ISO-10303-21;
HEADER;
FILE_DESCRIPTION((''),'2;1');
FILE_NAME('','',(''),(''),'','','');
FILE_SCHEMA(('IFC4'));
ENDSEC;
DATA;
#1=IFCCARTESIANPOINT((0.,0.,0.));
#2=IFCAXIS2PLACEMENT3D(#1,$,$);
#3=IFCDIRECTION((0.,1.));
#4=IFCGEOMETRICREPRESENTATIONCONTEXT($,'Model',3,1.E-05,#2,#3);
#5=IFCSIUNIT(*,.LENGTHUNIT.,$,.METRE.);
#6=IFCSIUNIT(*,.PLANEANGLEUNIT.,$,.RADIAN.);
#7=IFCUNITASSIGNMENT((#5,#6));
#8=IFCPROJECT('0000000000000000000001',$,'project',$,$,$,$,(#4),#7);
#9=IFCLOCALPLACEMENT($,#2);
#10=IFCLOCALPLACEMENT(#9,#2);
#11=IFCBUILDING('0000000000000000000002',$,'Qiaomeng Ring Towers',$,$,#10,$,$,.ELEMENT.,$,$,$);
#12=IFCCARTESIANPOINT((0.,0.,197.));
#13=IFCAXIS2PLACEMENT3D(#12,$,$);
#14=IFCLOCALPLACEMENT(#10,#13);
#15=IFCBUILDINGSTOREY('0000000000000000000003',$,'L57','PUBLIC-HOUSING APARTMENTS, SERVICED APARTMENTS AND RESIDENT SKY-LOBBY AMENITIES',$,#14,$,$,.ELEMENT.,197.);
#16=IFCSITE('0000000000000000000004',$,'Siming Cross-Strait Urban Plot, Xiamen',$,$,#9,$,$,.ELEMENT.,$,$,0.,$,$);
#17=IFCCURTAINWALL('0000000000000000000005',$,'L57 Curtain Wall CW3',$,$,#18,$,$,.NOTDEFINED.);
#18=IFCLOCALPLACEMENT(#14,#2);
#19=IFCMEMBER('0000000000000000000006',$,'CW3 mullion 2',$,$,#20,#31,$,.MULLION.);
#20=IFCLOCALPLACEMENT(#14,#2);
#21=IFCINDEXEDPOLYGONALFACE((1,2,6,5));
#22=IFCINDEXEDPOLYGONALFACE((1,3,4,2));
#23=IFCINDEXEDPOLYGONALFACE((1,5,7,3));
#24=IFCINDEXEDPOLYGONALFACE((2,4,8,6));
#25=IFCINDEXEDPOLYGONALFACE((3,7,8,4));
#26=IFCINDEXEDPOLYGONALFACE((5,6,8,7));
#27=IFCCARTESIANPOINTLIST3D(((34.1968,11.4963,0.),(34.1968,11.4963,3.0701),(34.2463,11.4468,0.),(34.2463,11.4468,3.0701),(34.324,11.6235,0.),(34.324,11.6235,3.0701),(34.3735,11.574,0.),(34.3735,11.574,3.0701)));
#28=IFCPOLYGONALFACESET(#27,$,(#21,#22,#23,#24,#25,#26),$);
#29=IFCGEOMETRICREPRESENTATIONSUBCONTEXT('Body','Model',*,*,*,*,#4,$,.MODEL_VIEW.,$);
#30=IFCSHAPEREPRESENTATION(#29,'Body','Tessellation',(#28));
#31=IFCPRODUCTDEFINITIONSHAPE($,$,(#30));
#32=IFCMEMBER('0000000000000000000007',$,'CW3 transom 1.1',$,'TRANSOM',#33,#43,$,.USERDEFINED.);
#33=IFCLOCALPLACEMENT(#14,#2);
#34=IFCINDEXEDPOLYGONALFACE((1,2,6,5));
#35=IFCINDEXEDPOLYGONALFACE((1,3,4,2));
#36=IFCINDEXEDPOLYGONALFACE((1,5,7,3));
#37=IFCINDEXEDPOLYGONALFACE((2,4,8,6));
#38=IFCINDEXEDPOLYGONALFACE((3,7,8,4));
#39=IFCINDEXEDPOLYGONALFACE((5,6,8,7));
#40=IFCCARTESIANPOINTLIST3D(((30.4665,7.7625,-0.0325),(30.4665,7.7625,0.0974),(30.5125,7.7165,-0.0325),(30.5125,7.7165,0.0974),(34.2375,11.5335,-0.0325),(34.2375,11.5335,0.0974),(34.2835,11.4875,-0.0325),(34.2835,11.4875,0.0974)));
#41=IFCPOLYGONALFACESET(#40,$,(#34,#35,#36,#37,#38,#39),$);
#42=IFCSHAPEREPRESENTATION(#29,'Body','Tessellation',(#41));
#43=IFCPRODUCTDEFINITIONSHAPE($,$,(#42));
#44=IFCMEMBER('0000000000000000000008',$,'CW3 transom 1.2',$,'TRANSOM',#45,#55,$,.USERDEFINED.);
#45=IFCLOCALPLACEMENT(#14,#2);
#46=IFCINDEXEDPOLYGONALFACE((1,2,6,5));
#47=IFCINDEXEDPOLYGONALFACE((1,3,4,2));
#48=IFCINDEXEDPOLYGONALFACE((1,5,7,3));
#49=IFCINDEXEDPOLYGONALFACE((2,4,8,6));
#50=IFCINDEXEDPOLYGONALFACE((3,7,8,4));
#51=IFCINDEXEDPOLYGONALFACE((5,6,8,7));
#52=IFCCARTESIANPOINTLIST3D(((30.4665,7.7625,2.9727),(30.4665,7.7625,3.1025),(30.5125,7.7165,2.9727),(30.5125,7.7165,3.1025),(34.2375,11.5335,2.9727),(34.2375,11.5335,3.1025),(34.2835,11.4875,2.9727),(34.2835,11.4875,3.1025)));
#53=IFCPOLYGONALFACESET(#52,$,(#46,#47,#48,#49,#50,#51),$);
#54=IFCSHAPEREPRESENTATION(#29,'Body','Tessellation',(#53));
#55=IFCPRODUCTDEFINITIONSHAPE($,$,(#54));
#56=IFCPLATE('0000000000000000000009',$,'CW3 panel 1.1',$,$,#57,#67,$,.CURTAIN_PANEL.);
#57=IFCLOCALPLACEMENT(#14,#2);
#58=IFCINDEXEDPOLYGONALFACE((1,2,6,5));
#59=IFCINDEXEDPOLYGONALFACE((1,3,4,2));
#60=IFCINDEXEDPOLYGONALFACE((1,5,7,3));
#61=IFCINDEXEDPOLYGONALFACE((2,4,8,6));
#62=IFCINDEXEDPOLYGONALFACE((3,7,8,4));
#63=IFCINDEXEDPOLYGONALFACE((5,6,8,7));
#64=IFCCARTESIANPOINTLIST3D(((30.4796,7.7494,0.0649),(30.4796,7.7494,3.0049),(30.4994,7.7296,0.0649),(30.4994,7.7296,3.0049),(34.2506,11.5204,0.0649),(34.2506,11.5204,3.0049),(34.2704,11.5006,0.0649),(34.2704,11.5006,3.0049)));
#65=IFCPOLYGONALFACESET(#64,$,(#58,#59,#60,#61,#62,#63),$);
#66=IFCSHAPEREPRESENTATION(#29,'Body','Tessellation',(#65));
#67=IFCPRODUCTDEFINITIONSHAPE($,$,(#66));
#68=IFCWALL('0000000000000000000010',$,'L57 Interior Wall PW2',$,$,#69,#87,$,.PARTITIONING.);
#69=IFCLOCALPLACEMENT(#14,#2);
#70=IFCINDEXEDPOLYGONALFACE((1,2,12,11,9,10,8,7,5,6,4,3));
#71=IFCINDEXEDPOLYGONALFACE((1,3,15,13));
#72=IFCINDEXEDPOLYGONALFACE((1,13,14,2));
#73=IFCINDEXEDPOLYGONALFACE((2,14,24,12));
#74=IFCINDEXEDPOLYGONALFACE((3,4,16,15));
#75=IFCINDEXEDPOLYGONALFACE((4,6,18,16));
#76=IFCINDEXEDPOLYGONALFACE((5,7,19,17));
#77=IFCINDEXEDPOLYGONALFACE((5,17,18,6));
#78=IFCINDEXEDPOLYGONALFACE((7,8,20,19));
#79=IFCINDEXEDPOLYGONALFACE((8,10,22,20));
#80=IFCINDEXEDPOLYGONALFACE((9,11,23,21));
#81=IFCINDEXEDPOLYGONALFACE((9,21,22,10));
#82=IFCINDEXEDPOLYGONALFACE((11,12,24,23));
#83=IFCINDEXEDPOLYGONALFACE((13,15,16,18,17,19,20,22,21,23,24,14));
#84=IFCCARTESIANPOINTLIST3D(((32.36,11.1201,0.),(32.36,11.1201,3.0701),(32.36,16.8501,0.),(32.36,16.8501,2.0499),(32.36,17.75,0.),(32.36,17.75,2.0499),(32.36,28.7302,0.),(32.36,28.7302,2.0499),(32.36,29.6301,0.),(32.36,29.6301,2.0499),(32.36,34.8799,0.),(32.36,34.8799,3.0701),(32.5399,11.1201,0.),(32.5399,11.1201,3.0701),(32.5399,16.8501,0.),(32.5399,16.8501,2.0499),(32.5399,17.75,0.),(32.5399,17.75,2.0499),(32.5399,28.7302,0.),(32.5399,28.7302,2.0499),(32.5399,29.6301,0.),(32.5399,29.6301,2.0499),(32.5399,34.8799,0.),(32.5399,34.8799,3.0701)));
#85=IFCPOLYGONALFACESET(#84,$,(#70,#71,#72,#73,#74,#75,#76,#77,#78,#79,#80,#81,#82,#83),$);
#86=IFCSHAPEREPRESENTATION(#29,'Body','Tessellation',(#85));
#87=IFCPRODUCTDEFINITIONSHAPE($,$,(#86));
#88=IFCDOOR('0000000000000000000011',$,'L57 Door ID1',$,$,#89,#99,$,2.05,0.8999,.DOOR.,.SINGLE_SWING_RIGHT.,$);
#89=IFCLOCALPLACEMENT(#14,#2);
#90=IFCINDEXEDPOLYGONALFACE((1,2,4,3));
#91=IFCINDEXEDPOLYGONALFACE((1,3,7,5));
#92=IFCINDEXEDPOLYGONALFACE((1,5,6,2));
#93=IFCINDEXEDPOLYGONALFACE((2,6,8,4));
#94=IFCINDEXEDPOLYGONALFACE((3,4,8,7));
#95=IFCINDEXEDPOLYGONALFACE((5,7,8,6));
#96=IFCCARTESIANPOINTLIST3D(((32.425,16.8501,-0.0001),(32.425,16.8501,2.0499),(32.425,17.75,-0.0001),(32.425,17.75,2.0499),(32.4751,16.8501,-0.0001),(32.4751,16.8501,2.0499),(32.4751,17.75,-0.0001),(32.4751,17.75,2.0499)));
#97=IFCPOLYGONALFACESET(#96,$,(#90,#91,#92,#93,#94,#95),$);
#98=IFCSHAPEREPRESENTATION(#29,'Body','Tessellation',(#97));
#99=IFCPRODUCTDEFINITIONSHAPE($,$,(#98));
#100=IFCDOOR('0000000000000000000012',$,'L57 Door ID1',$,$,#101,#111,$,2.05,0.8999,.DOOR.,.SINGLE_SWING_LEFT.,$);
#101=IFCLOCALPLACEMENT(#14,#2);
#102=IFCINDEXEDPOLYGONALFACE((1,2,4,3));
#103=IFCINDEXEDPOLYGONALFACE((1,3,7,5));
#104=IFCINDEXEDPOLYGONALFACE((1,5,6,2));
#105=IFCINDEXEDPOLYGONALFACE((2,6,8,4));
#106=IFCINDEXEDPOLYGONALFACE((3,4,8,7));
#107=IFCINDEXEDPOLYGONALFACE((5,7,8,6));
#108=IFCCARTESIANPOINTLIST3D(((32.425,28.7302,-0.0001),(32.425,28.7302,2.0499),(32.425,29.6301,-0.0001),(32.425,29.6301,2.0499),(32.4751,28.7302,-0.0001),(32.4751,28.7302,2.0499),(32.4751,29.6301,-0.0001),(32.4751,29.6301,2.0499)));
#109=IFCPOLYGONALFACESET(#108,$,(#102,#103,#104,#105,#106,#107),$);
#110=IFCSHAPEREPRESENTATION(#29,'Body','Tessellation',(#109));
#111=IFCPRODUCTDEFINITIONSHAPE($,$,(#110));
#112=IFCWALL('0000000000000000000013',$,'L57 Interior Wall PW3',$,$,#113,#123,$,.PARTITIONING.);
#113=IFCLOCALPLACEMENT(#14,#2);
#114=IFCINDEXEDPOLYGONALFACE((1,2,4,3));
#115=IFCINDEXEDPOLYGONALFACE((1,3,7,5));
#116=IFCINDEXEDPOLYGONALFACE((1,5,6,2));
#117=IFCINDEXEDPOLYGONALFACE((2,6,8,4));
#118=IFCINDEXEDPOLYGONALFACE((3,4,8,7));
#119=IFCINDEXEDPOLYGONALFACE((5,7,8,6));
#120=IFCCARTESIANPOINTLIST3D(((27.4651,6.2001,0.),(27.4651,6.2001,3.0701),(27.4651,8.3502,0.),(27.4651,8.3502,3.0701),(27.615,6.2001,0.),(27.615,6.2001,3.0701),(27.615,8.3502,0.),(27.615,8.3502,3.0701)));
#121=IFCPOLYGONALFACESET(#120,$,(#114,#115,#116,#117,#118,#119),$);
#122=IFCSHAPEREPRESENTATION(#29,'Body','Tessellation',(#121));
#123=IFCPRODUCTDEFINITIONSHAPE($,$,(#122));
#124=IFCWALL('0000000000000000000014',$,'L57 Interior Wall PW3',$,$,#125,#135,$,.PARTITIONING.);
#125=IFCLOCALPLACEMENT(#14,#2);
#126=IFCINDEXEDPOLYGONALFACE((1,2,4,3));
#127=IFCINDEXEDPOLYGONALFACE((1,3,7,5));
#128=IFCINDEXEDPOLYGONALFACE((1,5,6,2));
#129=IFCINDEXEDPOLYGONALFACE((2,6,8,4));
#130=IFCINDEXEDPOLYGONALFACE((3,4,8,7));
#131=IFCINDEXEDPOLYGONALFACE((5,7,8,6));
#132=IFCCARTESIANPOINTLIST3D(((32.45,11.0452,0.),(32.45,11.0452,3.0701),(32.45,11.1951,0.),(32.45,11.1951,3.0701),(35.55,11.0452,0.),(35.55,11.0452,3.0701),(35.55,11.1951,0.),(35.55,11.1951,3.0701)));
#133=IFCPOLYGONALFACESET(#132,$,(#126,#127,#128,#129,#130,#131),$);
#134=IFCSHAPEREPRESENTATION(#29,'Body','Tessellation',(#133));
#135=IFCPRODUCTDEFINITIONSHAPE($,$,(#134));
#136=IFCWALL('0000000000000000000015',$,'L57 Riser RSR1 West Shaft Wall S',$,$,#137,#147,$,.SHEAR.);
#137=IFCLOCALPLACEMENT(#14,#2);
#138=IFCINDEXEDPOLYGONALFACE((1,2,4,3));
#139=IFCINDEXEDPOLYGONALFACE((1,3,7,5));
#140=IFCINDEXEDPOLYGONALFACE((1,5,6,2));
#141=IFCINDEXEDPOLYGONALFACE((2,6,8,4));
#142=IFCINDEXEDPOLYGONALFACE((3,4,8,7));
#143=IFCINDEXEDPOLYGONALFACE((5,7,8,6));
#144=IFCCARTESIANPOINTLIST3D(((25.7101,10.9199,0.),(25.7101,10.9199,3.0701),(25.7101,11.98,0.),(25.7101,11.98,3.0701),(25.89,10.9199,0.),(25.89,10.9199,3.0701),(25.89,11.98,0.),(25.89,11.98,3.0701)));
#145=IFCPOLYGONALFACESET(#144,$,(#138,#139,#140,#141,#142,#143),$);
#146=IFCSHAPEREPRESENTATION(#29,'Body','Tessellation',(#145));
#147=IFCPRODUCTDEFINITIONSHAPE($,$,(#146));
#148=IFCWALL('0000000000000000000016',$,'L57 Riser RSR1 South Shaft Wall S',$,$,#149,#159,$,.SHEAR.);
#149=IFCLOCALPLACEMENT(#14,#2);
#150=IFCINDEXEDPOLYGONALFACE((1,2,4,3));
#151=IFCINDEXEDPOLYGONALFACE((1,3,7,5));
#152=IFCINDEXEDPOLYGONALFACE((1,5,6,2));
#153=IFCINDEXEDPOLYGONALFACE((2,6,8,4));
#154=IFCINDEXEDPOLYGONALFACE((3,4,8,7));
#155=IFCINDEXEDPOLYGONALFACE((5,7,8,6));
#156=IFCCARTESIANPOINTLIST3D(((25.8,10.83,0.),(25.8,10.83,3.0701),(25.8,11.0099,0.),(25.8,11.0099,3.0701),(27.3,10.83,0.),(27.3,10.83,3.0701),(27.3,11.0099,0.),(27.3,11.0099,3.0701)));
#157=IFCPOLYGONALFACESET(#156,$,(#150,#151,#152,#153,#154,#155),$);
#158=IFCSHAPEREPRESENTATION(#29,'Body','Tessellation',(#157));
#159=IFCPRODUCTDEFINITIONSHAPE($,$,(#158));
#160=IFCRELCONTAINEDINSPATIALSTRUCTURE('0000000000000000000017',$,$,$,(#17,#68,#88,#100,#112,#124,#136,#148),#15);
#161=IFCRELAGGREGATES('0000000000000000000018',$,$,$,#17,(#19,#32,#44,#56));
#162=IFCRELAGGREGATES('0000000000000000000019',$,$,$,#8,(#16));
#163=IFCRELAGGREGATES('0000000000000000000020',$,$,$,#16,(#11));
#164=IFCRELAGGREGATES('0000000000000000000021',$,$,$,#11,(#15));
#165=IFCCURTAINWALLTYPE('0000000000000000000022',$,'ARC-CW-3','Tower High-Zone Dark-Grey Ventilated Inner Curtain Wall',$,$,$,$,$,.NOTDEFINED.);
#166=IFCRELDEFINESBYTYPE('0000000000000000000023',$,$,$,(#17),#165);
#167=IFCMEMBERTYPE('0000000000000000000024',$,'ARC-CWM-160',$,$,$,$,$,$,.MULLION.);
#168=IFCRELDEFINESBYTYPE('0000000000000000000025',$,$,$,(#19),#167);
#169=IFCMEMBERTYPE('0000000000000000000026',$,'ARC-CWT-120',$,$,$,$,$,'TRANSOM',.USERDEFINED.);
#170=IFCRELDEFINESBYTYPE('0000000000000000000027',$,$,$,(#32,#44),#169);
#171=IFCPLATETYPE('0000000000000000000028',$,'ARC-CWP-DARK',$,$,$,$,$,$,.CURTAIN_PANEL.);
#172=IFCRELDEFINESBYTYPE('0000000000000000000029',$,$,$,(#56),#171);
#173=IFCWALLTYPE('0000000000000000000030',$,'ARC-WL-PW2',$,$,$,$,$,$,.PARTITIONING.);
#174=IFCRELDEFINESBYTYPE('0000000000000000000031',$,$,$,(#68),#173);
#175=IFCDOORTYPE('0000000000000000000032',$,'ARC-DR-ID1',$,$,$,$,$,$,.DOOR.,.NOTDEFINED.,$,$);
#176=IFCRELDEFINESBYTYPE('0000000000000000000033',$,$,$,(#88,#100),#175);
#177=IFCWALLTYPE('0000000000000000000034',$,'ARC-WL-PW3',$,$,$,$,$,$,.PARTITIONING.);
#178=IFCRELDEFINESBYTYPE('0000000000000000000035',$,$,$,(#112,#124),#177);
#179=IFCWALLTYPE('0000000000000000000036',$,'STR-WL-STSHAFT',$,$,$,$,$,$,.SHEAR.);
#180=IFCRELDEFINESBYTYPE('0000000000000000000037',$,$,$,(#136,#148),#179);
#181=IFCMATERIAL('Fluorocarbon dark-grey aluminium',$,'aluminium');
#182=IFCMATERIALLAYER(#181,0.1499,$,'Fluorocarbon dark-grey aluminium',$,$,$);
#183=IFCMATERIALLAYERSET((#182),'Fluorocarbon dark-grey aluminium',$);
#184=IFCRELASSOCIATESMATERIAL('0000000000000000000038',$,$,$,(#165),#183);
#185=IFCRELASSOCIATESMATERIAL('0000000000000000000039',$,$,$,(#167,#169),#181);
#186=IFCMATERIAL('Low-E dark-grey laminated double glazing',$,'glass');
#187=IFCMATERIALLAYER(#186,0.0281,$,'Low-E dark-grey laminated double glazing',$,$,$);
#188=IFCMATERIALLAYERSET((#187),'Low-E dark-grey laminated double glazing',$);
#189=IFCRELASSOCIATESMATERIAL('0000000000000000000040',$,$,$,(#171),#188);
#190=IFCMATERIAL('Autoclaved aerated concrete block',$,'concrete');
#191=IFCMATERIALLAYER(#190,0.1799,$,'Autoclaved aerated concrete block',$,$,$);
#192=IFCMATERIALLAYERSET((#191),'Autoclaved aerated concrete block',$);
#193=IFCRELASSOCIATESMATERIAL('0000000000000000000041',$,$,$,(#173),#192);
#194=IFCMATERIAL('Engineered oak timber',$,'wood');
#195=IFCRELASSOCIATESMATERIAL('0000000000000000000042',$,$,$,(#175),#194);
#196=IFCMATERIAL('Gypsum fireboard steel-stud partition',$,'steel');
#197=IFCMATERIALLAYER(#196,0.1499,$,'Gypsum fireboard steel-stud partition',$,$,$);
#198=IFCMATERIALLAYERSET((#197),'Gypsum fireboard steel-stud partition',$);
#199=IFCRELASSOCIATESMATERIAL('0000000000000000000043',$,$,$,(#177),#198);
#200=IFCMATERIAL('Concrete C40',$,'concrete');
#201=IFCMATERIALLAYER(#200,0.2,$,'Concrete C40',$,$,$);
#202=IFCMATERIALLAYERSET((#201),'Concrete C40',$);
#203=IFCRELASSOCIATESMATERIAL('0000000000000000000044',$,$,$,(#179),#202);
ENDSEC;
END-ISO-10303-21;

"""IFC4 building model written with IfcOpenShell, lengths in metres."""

from ifc_helpers import new_model, si_unit, direction, frame, frame_2d, origin, origin_2d, place, context, subcontext, project, spatial, rectangle, extrude, source, transform, mapped, material, layer, layer_set, material_profile, profile_set, type_object, element, fill, aggregate, save


model = new_model("IFC4")

# Units and contexts
model_context = context("Model", 3, precision=1e-05, world=origin(), true_north=direction((0.0, 1.0)))
body_context = subcontext(model_context, "Body", "Model", "MODEL_VIEW")
ifc_project = project(units=[si_unit("LENGTHUNIT", "METRE"), si_unit("PLANEANGLEUNIT", "RADIAN")], contexts=[model_context])

# Site, building, storey
site_placement = place(None, origin())
site = spatial("IfcSite", under=ifc_project, at=site_placement, Name="Siming Cross-Strait Urban Plot, Xiamen", CompositionType="ELEMENT", RefElevation=0.0)
building_placement = place(site_placement, origin())
building = spatial("IfcBuilding", under=site, at=building_placement, Name="Qiaomeng Ring Towers", CompositionType="ELEMENT")
storey_placement = place(building_placement, frame((0.0, 0.0, 197.0)))
storey = spatial("IfcBuildingStorey", under=building, at=storey_placement, Name="L57", Description="PUBLIC-HOUSING APARTMENTS, SERVICED APARTMENTS AND RESIDENT SKY-LOBBY AMENITIES", CompositionType="ELEMENT", Elevation=197.0)

# Shared definitions
ifc_material_1 = material(Name="Concrete C40", Category="concrete")

# Curtain wall, members, plate
ifc_material_2 = material(Name="Fluorocarbon dark-grey aluminium", Category="aluminium")
ifc_layer_1 = layer(ifc_material_2, 0.1499, Name="Fluorocarbon dark-grey aluminium")
ifc_layer_set_1 = layer_set([ifc_layer_1], Name="Fluorocarbon dark-grey aluminium")
curtain_wall_type = type_object("IfcCurtainWallType", Name="ARC-CW-3", Description="Tower High-Zone Dark-Grey Ventilated Inner Curtain Wall", PredefinedType="NOTDEFINED", material=ifc_layer_set_1)
curtain_wall_placement = place(storey_placement, origin())
curtain_wall = element("IfcCurtainWall", 1, at=curtain_wall_placement, inside=storey, type_object=curtain_wall_type, Name="L57 Curtain Wall CW3", PredefinedType="NOTDEFINED")
ifc_material_profile_1 = material_profile(ifc_material_2, rectangle(XDim=0.0701, YDim=0.1799, at=origin_2d()), Name="ALU MULL 70x180")
ifc_profile_set_1 = profile_set([ifc_material_profile_1], Name="Fluorocarbon dark-grey aluminium")
member_type_1 = type_object("IfcMemberType", Name="ARC-CWM-160", PredefinedType="MULLION", material=ifc_profile_set_1)
shared_shape_1 = source(origin(), body_context, "Body", "SweptSolid", [
    extrude(rectangle(XDim=0.0701, YDim=0.1799, at=origin_2d()), origin(), (0.0, 0.0, 1.0), 3.0701),
])
member_1_placement = place(storey_placement, frame((34.2852, 11.5352, 0.0), z_axis=(0.0, 0.0, 1.0), x_axis=(-0.707107, 0.707107, 0.0)))
member_1 = element("IfcMember", 2, at=member_1_placement, type_object=member_type_1, Name="CW3 mullion 2", PredefinedType="MULLION", context=body_context, shape_type="MappedRepresentation", body=[
    mapped(shared_shape_1, transform((0.0, 0.0, 0.0), x_axis=(1.0, 0.0, 0.0), y_axis=(0.0, 1.0, 0.0), z_axis=(0.0, 0.0, 1.0), scale=1.0)),
])
ifc_material_profile_2 = material_profile(ifc_material_2, rectangle(XDim=0.0649, YDim=0.1299, at=origin_2d()), Name="ALU TRAN 65x130")
ifc_profile_set_2 = profile_set([ifc_material_profile_2], Name="Fluorocarbon dark-grey aluminium")
member_type_2 = type_object("IfcMemberType", Name="ARC-CWT-120", ElementType="TRANSOM", PredefinedType="USERDEFINED", material=ifc_profile_set_2)
shared_shape_2 = source(origin(), body_context, "Body", "SweptSolid", [
    extrude(rectangle(XDim=0.0649, YDim=0.1299, at=origin_2d()), origin(), (0.0, 0.0, 1.0), 5.333),
])
member_2_placement = place(storey_placement, frame((30.4895, 7.7395, 0.0325), z_axis=(0.707107, 0.707107, 0.0), x_axis=(-0.707107, 0.707107, 0.0)))
member_2 = element("IfcMember", 3, at=member_2_placement, type_object=member_type_2, Name="CW3 transom 1.1", ObjectType="TRANSOM", PredefinedType="USERDEFINED", context=body_context, shape_type="MappedRepresentation", body=[
    mapped(shared_shape_2, transform((0.0, 0.0, 0.0), x_axis=(1.0, 0.0, 0.0), y_axis=(0.0, 1.0, 0.0), z_axis=(0.0, 0.0, 1.0), scale=1.0)),
])
member_3_placement = place(storey_placement, frame((30.4895, 7.7395, 3.0376), z_axis=(0.707107, 0.707107, 0.0), x_axis=(-0.707107, 0.707107, 0.0)))
member_3 = element("IfcMember", 4, at=member_3_placement, type_object=member_type_2, Name="CW3 transom 1.2", ObjectType="TRANSOM", PredefinedType="USERDEFINED", context=body_context, shape_type="MappedRepresentation", body=[
    mapped(shared_shape_2, transform((0.0, 0.0, 0.0), x_axis=(1.0, 0.0, 0.0), y_axis=(0.0, 1.0, 0.0), z_axis=(0.0, 0.0, 1.0), scale=1.0)),
])
ifc_material_3 = material(Name="Low-E dark-grey laminated double glazing", Category="glass")
ifc_layer_2 = layer(ifc_material_3, 0.0281, Name="Low-E dark-grey laminated double glazing")
ifc_layer_set_2 = layer_set([ifc_layer_2], Name="Low-E dark-grey laminated double glazing")
plate_type = type_object("IfcPlateType", Name="ARC-CWP-DARK", PredefinedType="CURTAIN_PANEL", material=ifc_layer_set_2)
shared_shape_3 = source(origin(), body_context, "Body", "SweptSolid", [
    extrude(rectangle(XDim=5.333, YDim=0.0281, at=origin_2d()), origin(), (0.0, 0.0, 1.0), 2.9399),
])
plate_placement = place(storey_placement, frame((32.375, 9.625, 0.0649), z_axis=(0.0, 0.0, 1.0), x_axis=(0.707107, 0.707107, 0.0)))
plate = element("IfcPlate", 5, at=plate_placement, type_object=plate_type, Name="CW3 panel 1.1", PredefinedType="CURTAIN_PANEL", context=body_context, shape_type="MappedRepresentation", body=[
    mapped(shared_shape_3, transform((0.0, 0.0, 0.0), x_axis=(1.0, 0.0, 0.0), y_axis=(0.0, 1.0, 0.0), z_axis=(0.0, 0.0, 1.0), scale=1.0)),
])
aggregate(curtain_wall, [member_1, member_2, member_3, plate])

# Wall, openings, doors
ifc_material_4 = material(Name="Autoclaved aerated concrete block", Category="concrete")
ifc_layer_3 = layer(ifc_material_4, 0.1799, Name="Autoclaved aerated concrete block")
ifc_layer_set_3 = layer_set([ifc_layer_3], Name="Autoclaved aerated concrete block")
wall_type_1 = type_object("IfcWallType", Name="ARC-WL-PW2", PredefinedType="PARTITIONING", material=ifc_layer_set_3)
wall_1_placement = place(storey_placement, frame((32.45, 11.1201, 0.0), z_axis=(0.0, 0.0, 1.0), x_axis=(0.0, 1.0, 0.0)))
wall_1 = element("IfcWall", 6, at=wall_1_placement, inside=storey, type_object=wall_type_1, Name="L57 Interior Wall PW2", PredefinedType="PARTITIONING", context=body_context, shape_type="SweptSolid", body=[
    extrude(rectangle(XDim=23.7598, YDim=0.1799, at=frame_2d((11.8799, 0.0))), origin(), (0.0, 0.0, 1.0), 3.0701),
])
opening_1_placement = place(wall_1_placement, frame((5.73, 0.0, 0.0)))
opening_1 = element("IfcOpeningElement", 7, at=opening_1_placement, cuts=wall_1, PredefinedType="OPENING", context=body_context, shape_type="SweptSolid", body=[
    extrude(rectangle(XDim=0.8999, YDim=2.05, at=frame_2d((0.45, 1.0249))), frame((0.0, 0.0999, 0.0), z_axis=(0.0, -1.0, 0.0), x_axis=(1.0, 0.0, 0.0)), (0.0, 0.0, 1.0), 0.2),
])
opening_2_placement = place(wall_1_placement, frame((17.6101, 0.0, 0.0)))
opening_2 = element("IfcOpeningElement", 8, at=opening_2_placement, cuts=wall_1, PredefinedType="OPENING", context=body_context, shape_type="SweptSolid", body=[
    extrude(rectangle(XDim=0.8999, YDim=2.05, at=frame_2d((0.45, 1.0249))), frame((0.0, 0.0999, 0.0), z_axis=(0.0, -1.0, 0.0), x_axis=(1.0, 0.0, 0.0)), (0.0, 0.0, 1.0), 0.2),
])
ifc_material_5 = material(Name="Engineered oak timber", Category="wood")
door_type_1 = type_object("IfcDoorType", Name="ARC-DR-ID1", OperationType="NOTDEFINED", PredefinedType="DOOR", material=ifc_material_5)
shared_shape_4 = source(origin(), body_context, "Body", "SweptSolid", [
    extrude(rectangle(XDim=0.8999, YDim=2.05, at=frame_2d((0.45, 1.0249))), frame((0.0, 0.0249, 0.0), z_axis=(0.0, -1.0, 0.0), x_axis=(1.0, 0.0, 0.0)), (0.0, 0.0, 1.0), 0.05),
])
door_1_placement = place(opening_1_placement, origin())
door_1 = element("IfcDoor", 9, at=door_1_placement, inside=storey, type_object=door_type_1, Name="L57 Door ID1", OperationType="SINGLE_SWING_RIGHT", OverallHeight=2.05, OverallWidth=0.8999, PredefinedType="DOOR", context=body_context, shape_type="MappedRepresentation", body=[
    mapped(shared_shape_4, transform((0.0, 0.0, 0.0), x_axis=(1.0, 0.0, 0.0), y_axis=(0.0, 1.0, 0.0), z_axis=(0.0, 0.0, 1.0), scale=1.0)),
])
fill(opening_1, door_1)
door_2_placement = place(opening_2_placement, origin())
door_2 = element("IfcDoor", 10, at=door_2_placement, inside=storey, type_object=door_type_1, Name="L57 Door ID1", OperationType="SINGLE_SWING_LEFT", OverallHeight=2.05, OverallWidth=0.8999, PredefinedType="DOOR", context=body_context, shape_type="MappedRepresentation", body=[
    mapped(shared_shape_4, transform((0.0, 0.0, 0.0), x_axis=(1.0, 0.0, 0.0), y_axis=(0.0, 1.0, 0.0), z_axis=(0.0, 0.0, 1.0), scale=1.0)),
])
fill(opening_2, door_2)

# Walls
ifc_material_6 = material(Name="Gypsum fireboard steel-stud partition", Category="steel")
ifc_layer_4 = layer(ifc_material_6, 0.1499, Name="Gypsum fireboard steel-stud partition")
ifc_layer_set_4 = layer_set([ifc_layer_4], Name="Gypsum fireboard steel-stud partition")
wall_type_2 = type_object("IfcWallType", Name="ARC-WL-PW3", PredefinedType="PARTITIONING", material=ifc_layer_set_4)
wall_2_placement = place(storey_placement, frame((27.54, 6.2, 0.0), z_axis=(0.0, 0.0, 1.0), x_axis=(0.0, 1.0, 0.0)))
element("IfcWall", 11, at=wall_2_placement, inside=storey, type_object=wall_type_2, Name="L57 Interior Wall PW3", PredefinedType="PARTITIONING", context=body_context, shape_type="SweptSolid", body=[
    extrude(rectangle(XDim=2.1501, YDim=0.1499, at=frame_2d((1.0752, 0.0))), origin(), (0.0, 0.0, 1.0), 3.0701),
])
wall_3_placement = place(storey_placement, frame((32.45, 11.1201, 0.0), z_axis=(0.0, 0.0, 1.0), x_axis=(1.0, 0.0, 0.0)))
element("IfcWall", 12, at=wall_3_placement, inside=storey, type_object=wall_type_2, Name="L57 Interior Wall PW3", PredefinedType="PARTITIONING", context=body_context, shape_type="SweptSolid", body=[
    extrude(rectangle(XDim=3.1001, YDim=0.1499, at=frame_2d((1.55, 0.0))), origin(), (0.0, 0.0, 1.0), 3.0701),
])
ifc_layer_5 = layer(ifc_material_1, 0.2, Name="Concrete C40")
ifc_layer_set_5 = layer_set([ifc_layer_5], Name="Concrete C40")
wall_type_3 = type_object("IfcWallType", Name="STR-WL-STSHAFT", PredefinedType="SHEAR", material=ifc_layer_set_5)
wall_4_placement = place(storey_placement, frame((25.8, 10.9199, 0.0), z_axis=(0.0, 0.0, 1.0), x_axis=(0.0, 1.0, 0.0)))
element("IfcWall", 13, at=wall_4_placement, inside=storey, type_object=wall_type_3, Name="L57 Riser RSR1 West Shaft Wall S", PredefinedType="SHEAR", context=body_context, shape_type="SweptSolid", body=[
    extrude(rectangle(XDim=1.0601, YDim=0.1799, at=frame_2d((0.53, 0.0))), origin(), (0.0, 0.0, 1.0), 3.0701),
])
wall_5_placement = place(storey_placement, frame((25.8, 10.9199, 0.0), z_axis=(0.0, 0.0, 1.0), x_axis=(1.0, 0.0, 0.0)))
element("IfcWall", 14, at=wall_5_placement, inside=storey, type_object=wall_type_3, Name="L57 Riser RSR1 South Shaft Wall S", PredefinedType="SHEAR", context=body_context, shape_type="SweptSolid", body=[
    extrude(rectangle(XDim=1.5, YDim=0.1799, at=frame_2d((0.75, 0.0))), origin(), (0.0, 0.0, 1.0), 3.0701),
])

save(model, "model.ifc")
